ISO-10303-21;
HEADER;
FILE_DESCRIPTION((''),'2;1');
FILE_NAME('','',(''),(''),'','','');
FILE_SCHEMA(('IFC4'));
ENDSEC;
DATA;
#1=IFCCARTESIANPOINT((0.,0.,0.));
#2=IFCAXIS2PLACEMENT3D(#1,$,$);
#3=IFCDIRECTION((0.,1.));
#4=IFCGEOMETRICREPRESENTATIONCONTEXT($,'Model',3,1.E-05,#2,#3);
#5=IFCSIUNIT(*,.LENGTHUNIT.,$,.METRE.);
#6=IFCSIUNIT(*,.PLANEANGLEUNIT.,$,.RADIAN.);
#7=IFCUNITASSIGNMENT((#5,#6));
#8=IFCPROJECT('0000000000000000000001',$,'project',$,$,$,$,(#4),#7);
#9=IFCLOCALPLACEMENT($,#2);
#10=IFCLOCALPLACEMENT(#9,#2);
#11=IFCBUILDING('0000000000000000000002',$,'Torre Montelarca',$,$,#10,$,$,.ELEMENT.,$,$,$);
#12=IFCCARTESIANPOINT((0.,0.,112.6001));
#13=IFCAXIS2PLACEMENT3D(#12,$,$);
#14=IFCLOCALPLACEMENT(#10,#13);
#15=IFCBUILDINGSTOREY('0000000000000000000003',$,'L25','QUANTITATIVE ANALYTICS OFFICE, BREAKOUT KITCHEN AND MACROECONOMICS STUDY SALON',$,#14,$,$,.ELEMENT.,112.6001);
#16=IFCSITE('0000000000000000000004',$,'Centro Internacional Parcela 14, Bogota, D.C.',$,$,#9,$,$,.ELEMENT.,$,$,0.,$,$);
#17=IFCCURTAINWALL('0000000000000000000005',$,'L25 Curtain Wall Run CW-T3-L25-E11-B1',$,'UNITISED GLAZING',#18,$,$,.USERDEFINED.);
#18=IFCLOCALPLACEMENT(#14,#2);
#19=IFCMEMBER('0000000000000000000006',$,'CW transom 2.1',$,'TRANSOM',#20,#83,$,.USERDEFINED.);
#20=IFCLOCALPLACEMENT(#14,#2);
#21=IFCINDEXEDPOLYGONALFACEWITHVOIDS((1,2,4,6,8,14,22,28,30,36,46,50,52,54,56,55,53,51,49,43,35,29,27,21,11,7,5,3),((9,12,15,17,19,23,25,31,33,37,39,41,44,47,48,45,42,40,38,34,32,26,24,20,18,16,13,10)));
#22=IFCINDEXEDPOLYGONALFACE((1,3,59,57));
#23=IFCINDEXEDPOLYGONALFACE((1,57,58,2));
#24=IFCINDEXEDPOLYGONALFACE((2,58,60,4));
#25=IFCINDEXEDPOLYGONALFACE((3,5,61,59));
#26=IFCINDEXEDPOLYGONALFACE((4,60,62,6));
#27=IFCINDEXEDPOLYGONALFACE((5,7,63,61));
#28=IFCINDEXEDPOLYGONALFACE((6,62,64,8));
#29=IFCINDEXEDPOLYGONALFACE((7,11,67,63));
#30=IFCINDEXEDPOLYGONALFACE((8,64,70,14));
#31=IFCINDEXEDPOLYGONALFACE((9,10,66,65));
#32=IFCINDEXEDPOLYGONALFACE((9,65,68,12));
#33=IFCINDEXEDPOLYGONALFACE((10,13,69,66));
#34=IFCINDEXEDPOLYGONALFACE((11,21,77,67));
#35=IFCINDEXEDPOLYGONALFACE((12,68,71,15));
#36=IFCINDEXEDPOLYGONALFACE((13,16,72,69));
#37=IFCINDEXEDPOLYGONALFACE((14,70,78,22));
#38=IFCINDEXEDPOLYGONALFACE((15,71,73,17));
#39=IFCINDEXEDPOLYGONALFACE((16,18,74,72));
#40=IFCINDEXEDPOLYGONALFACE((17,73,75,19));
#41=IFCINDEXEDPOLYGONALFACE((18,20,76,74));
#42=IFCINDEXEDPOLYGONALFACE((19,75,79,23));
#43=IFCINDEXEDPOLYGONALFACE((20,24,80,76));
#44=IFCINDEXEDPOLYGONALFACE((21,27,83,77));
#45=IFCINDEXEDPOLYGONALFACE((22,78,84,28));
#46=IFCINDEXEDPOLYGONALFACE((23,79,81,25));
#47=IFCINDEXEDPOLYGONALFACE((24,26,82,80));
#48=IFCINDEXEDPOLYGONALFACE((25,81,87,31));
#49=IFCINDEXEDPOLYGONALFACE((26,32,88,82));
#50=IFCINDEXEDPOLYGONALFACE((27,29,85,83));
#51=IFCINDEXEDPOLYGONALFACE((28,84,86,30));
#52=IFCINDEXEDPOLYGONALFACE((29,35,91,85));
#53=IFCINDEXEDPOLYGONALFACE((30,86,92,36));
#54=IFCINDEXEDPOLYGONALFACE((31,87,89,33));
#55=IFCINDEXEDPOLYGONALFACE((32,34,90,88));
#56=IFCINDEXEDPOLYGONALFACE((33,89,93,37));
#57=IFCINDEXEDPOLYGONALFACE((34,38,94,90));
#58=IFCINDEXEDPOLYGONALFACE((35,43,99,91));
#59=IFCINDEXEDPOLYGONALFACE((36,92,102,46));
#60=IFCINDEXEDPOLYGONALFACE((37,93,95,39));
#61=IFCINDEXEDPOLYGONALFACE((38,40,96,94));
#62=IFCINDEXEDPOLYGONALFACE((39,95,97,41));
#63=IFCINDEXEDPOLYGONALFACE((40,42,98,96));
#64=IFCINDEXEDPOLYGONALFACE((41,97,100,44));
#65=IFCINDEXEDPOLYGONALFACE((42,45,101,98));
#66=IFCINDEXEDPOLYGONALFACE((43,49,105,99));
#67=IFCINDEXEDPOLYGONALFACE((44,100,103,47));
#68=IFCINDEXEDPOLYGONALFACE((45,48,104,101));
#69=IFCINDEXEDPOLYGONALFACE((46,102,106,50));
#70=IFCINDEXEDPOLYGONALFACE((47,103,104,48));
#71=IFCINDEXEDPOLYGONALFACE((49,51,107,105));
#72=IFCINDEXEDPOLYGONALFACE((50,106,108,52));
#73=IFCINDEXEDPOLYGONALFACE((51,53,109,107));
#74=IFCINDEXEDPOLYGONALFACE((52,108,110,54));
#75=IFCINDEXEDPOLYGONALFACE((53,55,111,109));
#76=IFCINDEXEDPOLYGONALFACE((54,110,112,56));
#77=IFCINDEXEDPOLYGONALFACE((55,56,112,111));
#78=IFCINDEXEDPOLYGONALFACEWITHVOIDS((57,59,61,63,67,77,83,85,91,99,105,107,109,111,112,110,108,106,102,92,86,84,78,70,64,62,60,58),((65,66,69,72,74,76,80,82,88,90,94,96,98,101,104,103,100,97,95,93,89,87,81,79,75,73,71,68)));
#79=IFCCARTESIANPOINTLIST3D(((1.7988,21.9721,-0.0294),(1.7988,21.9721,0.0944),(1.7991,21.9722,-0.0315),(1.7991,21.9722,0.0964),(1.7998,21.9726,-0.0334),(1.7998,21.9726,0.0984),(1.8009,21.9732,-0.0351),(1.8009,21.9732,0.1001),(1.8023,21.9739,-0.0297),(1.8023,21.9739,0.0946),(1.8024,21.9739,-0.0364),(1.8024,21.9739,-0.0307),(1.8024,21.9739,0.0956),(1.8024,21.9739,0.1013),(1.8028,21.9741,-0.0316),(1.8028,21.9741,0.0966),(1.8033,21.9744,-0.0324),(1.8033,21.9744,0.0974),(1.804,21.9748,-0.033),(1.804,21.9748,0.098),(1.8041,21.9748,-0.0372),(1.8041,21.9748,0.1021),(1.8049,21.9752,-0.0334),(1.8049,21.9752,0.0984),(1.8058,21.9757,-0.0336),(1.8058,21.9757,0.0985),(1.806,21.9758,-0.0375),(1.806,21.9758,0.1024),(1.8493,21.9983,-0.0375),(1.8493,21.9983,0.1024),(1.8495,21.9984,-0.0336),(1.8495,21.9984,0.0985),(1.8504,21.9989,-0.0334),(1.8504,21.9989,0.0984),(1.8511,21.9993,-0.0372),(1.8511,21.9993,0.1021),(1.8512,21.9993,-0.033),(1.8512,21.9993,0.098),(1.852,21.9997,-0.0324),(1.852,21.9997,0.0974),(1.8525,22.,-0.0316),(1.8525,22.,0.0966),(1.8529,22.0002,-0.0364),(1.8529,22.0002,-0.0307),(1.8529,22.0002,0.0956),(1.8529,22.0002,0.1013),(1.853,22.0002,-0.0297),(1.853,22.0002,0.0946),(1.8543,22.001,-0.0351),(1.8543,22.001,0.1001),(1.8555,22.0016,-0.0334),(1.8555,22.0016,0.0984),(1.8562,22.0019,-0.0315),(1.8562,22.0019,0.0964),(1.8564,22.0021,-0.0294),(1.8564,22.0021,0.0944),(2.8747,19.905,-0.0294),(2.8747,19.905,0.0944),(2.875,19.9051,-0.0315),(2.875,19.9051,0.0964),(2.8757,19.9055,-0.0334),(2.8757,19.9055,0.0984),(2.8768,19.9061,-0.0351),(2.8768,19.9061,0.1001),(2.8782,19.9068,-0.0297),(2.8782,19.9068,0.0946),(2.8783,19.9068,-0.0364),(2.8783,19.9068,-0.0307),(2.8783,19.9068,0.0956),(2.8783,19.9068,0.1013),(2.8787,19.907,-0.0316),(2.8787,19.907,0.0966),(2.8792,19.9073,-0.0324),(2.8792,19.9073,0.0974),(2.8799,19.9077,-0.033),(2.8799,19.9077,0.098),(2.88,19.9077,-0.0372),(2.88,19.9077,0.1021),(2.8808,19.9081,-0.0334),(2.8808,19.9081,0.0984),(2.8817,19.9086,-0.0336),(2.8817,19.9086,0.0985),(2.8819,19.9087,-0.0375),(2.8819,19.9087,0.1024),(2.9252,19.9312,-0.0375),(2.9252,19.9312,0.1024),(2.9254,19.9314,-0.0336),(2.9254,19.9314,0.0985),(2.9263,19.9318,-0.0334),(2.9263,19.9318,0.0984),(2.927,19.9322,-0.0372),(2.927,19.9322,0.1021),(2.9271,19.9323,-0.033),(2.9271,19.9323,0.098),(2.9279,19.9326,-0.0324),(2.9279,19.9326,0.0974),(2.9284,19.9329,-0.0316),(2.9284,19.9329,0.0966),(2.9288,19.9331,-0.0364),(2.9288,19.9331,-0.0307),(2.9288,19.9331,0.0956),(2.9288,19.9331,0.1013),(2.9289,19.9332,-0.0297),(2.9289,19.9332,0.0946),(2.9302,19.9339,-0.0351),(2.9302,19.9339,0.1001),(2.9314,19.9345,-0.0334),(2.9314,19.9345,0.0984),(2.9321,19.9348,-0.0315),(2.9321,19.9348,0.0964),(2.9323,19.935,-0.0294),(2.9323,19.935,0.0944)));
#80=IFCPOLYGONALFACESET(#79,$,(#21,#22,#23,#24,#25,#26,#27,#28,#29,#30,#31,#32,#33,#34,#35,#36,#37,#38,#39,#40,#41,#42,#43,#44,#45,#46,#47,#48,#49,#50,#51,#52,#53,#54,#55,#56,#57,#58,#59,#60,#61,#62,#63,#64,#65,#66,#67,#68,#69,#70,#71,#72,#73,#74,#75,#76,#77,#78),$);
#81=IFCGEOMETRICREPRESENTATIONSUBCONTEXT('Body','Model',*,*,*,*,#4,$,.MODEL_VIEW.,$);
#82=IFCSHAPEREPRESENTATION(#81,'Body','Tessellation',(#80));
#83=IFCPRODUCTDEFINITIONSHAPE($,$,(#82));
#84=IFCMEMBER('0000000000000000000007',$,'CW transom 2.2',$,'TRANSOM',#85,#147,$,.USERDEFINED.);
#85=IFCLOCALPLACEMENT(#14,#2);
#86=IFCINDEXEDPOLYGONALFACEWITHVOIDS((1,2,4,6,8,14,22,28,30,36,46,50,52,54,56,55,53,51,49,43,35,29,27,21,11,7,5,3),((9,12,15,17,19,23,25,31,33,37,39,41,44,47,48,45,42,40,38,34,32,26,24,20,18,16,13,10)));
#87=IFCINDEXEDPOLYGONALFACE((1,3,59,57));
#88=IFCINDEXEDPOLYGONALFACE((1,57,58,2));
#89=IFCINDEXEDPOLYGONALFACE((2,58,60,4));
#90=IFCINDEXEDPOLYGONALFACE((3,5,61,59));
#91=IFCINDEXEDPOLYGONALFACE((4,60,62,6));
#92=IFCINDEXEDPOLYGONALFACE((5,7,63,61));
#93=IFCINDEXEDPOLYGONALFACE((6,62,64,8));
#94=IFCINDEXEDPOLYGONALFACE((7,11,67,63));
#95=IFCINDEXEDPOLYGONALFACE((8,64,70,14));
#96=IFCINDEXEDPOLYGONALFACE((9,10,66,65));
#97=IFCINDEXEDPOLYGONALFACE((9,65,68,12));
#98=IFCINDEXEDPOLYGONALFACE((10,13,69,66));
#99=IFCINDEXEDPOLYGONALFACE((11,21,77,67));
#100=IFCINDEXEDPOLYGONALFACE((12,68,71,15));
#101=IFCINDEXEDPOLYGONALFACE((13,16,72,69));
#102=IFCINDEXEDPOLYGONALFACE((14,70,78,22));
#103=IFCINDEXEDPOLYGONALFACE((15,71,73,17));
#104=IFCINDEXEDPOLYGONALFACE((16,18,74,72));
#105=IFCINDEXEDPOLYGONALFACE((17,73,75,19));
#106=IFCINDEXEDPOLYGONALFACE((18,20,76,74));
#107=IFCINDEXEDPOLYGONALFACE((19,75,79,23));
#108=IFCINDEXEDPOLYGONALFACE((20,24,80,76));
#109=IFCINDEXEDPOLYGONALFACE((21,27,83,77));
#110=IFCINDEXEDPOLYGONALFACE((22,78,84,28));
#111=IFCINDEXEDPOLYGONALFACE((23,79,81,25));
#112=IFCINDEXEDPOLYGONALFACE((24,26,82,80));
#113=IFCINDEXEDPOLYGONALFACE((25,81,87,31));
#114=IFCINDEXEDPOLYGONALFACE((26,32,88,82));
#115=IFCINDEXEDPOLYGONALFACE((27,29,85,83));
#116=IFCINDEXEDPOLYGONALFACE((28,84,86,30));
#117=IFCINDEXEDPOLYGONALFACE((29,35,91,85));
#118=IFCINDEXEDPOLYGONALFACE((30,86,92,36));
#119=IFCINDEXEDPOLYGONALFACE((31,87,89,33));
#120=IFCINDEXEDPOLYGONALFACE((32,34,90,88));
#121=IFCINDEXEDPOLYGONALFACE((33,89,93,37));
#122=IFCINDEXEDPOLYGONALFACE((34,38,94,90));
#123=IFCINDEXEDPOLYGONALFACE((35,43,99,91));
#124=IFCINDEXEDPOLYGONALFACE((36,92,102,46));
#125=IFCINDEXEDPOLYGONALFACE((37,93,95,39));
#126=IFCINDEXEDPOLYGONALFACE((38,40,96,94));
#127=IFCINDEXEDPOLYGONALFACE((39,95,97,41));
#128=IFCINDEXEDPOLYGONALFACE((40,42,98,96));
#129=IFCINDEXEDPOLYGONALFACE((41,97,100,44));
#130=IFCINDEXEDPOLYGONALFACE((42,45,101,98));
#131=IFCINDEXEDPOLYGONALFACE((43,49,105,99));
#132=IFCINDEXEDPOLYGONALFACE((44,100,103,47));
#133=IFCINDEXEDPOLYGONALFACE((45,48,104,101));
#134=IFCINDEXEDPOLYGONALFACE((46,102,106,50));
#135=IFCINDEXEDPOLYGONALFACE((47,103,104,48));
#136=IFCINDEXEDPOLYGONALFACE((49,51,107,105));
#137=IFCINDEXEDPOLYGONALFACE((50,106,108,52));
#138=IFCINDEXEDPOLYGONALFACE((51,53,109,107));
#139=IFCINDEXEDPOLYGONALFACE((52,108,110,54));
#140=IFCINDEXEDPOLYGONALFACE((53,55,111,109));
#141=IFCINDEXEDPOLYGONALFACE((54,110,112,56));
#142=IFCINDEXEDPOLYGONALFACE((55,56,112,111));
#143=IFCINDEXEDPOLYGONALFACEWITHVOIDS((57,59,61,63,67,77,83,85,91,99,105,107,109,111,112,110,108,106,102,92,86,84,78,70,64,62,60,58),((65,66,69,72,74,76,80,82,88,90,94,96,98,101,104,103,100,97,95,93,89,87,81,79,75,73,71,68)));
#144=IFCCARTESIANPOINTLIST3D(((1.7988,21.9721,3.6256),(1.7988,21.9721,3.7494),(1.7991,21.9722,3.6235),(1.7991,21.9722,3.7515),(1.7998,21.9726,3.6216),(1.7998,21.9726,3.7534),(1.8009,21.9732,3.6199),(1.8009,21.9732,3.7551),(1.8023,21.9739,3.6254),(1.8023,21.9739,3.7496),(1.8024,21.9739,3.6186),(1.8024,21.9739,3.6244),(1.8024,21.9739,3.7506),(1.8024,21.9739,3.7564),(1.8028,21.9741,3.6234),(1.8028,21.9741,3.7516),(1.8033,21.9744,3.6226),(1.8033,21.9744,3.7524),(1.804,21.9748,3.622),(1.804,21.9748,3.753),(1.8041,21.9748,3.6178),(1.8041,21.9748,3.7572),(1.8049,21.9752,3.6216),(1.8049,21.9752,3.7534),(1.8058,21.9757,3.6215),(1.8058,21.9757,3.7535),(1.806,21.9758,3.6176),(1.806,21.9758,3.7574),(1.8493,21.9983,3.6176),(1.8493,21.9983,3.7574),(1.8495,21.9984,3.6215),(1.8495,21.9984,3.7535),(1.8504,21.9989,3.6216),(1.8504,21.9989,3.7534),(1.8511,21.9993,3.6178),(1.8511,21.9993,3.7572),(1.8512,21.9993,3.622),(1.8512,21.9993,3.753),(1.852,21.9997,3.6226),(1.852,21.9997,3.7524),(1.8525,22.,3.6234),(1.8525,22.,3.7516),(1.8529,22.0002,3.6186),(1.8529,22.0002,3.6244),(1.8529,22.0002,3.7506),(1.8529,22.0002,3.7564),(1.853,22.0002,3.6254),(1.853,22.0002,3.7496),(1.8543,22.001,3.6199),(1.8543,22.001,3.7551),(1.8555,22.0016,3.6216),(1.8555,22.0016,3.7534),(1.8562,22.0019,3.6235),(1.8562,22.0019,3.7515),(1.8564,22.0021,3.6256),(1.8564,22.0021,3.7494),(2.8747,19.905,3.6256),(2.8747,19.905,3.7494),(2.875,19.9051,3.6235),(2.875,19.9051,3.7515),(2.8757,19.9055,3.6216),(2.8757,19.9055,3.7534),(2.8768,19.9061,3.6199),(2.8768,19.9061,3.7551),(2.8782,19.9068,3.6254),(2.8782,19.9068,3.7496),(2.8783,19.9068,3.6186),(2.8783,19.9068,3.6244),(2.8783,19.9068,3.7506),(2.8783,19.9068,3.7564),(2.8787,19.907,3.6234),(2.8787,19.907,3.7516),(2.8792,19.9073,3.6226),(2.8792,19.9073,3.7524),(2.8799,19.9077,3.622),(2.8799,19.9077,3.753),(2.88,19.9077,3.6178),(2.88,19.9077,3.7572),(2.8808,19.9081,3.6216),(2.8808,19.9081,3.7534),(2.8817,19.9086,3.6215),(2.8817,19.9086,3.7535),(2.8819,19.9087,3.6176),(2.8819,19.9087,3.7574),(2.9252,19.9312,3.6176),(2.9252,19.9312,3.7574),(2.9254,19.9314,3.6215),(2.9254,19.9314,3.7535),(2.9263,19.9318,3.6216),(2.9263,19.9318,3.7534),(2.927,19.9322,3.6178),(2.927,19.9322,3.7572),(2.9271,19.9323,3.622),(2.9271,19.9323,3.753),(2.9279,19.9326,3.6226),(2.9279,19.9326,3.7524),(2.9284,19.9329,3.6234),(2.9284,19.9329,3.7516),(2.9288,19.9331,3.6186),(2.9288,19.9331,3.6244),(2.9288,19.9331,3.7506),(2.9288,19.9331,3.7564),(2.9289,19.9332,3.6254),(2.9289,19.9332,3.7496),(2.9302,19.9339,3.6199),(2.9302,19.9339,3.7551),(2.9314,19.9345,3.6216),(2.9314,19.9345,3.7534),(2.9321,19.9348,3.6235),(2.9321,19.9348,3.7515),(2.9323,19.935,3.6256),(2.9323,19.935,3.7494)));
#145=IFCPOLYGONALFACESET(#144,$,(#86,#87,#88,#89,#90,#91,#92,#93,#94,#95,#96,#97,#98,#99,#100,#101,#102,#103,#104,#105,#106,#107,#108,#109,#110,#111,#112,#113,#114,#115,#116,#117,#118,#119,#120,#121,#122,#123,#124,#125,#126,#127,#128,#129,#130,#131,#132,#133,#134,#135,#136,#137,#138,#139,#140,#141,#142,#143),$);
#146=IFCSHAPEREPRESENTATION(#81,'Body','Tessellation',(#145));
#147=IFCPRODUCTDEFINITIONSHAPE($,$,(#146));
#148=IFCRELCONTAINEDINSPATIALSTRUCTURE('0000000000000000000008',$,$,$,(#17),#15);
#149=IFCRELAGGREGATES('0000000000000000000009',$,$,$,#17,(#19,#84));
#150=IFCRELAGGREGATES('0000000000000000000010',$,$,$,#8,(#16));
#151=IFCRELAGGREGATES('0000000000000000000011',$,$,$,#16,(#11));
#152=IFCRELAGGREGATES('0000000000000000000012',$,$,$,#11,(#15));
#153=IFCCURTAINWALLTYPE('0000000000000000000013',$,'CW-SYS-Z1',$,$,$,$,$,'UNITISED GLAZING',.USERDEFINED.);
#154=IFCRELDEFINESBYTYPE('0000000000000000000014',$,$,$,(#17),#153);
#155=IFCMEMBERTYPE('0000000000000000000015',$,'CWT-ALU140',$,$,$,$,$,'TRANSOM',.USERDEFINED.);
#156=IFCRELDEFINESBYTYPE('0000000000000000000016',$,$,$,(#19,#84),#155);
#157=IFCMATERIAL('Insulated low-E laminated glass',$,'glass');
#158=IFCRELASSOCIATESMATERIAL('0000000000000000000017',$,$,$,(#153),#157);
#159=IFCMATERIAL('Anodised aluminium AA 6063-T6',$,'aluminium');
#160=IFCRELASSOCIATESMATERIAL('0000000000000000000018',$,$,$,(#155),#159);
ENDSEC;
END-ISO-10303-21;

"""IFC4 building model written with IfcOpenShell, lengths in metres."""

from ifc_helpers import new_model, si_unit, direction, frame, origin, origin_2d, place, context, subcontext, project, spatial, hollow_rectangle, extrude, source, transform, mapped, material, material_profile, profile_set, type_object, element, aggregate, save


model = new_model("IFC4")

# Units and contexts
model_context = context("Model", 3, precision=1e-05, world=origin(), true_north=direction((0.0, 1.0)))
body_context = subcontext(model_context, "Body", "Model", "MODEL_VIEW")
ifc_project = project(units=[si_unit("LENGTHUNIT", "METRE"), si_unit("PLANEANGLEUNIT", "RADIAN")], contexts=[model_context])

# Site, building, storey
site_placement = place(None, origin())
site = spatial("IfcSite", under=ifc_project, at=site_placement, Name="Centro Internacional Parcela 14, Bogota, D.C.", CompositionType="ELEMENT", RefElevation=0.0)
building_placement = place(site_placement, origin())
building = spatial("IfcBuilding", under=site, at=building_placement, Name="Torre Montelarca", CompositionType="ELEMENT")
storey_placement = place(building_placement, frame((0.0, 0.0, 112.6001)))
storey = spatial("IfcBuildingStorey", under=building, at=storey_placement, Name="L25", Description="QUANTITATIVE ANALYTICS OFFICE, BREAKOUT KITCHEN AND MACROECONOMICS STUDY SALON", CompositionType="ELEMENT", Elevation=112.6001)

# Curtain wall, members
ifc_material_1 = material(Name="Insulated low-E laminated glass", Category="glass")
curtain_wall_type = type_object("IfcCurtainWallType", Name="CW-SYS-Z1", ElementType="UNITISED GLAZING", PredefinedType="USERDEFINED", material=ifc_material_1)
ifc_material_2 = material(Name="Anodised aluminium AA 6063-T6", Category="aluminium")
ifc_material_profile_1 = material_profile(ifc_material_2, hollow_rectangle(XDim=0.0649, YDim=0.1399, WallThickness=0.0039, InnerFilletRadius=0.0039, OuterFilletRadius=0.0081, at=origin_2d()), Name="ALU65X140X4", Category="aluminium")
ifc_profile_set_1 = profile_set([ifc_material_profile_1], Name="Anodised aluminium AA 6063-T6")
member_type_1 = type_object("IfcMemberType", Name="CWT-ALU140", ElementType="TRANSOM", PredefinedType="USERDEFINED", material=ifc_profile_set_1)
curtain_wall_1_placement = place(storey_placement, origin())
curtain_wall_1 = element("IfcCurtainWall", 1, at=curtain_wall_1_placement, inside=storey, type_object=curtain_wall_type, Name="L25 Curtain Wall Run CW-T3-L25-E11-B1", ObjectType="UNITISED GLAZING", PredefinedType="USERDEFINED")
shared_shape_1 = source(origin(), body_context, "Body", "SweptSolid", [
    extrude(hollow_rectangle(XDim=0.0649, YDim=0.1399, WallThickness=0.0039, InnerFilletRadius=0.0039, OuterFilletRadius=0.0081, at=origin_2d()), origin(), (0.0, 0.0, 1.0), 2.3303),
])
member_1_placement = place(storey_placement, frame((1.8276, 21.9871, 0.0325), z_axis=(0.461696, -0.887038, 0.0), x_axis=(0.887038, 0.461696, 0.0)))
member_1 = element("IfcMember", 2, at=member_1_placement, type_object=member_type_1, Name="CW transom 2.1", ObjectType="TRANSOM", PredefinedType="USERDEFINED", context=body_context, shape_type="MappedRepresentation", body=[
    mapped(shared_shape_1, transform((0.0, 0.0, 0.0), scale=1.0)),
])
member_2_placement = place(storey_placement, frame((1.8276, 21.9871, 3.6875), z_axis=(0.461696, -0.887038, 0.0), x_axis=(0.887038, 0.461696, 0.0)))
member_2 = element("IfcMember", 3, at=member_2_placement, type_object=member_type_1, Name="CW transom 2.2", ObjectType="TRANSOM", PredefinedType="USERDEFINED", context=body_context, shape_type="MappedRepresentation", body=[
    mapped(shared_shape_1, transform((0.0, 0.0, 0.0), scale=1.0)),
])

aggregate(curtain_wall_1, [member_1, member_2])

save(model, "model.ifc")
